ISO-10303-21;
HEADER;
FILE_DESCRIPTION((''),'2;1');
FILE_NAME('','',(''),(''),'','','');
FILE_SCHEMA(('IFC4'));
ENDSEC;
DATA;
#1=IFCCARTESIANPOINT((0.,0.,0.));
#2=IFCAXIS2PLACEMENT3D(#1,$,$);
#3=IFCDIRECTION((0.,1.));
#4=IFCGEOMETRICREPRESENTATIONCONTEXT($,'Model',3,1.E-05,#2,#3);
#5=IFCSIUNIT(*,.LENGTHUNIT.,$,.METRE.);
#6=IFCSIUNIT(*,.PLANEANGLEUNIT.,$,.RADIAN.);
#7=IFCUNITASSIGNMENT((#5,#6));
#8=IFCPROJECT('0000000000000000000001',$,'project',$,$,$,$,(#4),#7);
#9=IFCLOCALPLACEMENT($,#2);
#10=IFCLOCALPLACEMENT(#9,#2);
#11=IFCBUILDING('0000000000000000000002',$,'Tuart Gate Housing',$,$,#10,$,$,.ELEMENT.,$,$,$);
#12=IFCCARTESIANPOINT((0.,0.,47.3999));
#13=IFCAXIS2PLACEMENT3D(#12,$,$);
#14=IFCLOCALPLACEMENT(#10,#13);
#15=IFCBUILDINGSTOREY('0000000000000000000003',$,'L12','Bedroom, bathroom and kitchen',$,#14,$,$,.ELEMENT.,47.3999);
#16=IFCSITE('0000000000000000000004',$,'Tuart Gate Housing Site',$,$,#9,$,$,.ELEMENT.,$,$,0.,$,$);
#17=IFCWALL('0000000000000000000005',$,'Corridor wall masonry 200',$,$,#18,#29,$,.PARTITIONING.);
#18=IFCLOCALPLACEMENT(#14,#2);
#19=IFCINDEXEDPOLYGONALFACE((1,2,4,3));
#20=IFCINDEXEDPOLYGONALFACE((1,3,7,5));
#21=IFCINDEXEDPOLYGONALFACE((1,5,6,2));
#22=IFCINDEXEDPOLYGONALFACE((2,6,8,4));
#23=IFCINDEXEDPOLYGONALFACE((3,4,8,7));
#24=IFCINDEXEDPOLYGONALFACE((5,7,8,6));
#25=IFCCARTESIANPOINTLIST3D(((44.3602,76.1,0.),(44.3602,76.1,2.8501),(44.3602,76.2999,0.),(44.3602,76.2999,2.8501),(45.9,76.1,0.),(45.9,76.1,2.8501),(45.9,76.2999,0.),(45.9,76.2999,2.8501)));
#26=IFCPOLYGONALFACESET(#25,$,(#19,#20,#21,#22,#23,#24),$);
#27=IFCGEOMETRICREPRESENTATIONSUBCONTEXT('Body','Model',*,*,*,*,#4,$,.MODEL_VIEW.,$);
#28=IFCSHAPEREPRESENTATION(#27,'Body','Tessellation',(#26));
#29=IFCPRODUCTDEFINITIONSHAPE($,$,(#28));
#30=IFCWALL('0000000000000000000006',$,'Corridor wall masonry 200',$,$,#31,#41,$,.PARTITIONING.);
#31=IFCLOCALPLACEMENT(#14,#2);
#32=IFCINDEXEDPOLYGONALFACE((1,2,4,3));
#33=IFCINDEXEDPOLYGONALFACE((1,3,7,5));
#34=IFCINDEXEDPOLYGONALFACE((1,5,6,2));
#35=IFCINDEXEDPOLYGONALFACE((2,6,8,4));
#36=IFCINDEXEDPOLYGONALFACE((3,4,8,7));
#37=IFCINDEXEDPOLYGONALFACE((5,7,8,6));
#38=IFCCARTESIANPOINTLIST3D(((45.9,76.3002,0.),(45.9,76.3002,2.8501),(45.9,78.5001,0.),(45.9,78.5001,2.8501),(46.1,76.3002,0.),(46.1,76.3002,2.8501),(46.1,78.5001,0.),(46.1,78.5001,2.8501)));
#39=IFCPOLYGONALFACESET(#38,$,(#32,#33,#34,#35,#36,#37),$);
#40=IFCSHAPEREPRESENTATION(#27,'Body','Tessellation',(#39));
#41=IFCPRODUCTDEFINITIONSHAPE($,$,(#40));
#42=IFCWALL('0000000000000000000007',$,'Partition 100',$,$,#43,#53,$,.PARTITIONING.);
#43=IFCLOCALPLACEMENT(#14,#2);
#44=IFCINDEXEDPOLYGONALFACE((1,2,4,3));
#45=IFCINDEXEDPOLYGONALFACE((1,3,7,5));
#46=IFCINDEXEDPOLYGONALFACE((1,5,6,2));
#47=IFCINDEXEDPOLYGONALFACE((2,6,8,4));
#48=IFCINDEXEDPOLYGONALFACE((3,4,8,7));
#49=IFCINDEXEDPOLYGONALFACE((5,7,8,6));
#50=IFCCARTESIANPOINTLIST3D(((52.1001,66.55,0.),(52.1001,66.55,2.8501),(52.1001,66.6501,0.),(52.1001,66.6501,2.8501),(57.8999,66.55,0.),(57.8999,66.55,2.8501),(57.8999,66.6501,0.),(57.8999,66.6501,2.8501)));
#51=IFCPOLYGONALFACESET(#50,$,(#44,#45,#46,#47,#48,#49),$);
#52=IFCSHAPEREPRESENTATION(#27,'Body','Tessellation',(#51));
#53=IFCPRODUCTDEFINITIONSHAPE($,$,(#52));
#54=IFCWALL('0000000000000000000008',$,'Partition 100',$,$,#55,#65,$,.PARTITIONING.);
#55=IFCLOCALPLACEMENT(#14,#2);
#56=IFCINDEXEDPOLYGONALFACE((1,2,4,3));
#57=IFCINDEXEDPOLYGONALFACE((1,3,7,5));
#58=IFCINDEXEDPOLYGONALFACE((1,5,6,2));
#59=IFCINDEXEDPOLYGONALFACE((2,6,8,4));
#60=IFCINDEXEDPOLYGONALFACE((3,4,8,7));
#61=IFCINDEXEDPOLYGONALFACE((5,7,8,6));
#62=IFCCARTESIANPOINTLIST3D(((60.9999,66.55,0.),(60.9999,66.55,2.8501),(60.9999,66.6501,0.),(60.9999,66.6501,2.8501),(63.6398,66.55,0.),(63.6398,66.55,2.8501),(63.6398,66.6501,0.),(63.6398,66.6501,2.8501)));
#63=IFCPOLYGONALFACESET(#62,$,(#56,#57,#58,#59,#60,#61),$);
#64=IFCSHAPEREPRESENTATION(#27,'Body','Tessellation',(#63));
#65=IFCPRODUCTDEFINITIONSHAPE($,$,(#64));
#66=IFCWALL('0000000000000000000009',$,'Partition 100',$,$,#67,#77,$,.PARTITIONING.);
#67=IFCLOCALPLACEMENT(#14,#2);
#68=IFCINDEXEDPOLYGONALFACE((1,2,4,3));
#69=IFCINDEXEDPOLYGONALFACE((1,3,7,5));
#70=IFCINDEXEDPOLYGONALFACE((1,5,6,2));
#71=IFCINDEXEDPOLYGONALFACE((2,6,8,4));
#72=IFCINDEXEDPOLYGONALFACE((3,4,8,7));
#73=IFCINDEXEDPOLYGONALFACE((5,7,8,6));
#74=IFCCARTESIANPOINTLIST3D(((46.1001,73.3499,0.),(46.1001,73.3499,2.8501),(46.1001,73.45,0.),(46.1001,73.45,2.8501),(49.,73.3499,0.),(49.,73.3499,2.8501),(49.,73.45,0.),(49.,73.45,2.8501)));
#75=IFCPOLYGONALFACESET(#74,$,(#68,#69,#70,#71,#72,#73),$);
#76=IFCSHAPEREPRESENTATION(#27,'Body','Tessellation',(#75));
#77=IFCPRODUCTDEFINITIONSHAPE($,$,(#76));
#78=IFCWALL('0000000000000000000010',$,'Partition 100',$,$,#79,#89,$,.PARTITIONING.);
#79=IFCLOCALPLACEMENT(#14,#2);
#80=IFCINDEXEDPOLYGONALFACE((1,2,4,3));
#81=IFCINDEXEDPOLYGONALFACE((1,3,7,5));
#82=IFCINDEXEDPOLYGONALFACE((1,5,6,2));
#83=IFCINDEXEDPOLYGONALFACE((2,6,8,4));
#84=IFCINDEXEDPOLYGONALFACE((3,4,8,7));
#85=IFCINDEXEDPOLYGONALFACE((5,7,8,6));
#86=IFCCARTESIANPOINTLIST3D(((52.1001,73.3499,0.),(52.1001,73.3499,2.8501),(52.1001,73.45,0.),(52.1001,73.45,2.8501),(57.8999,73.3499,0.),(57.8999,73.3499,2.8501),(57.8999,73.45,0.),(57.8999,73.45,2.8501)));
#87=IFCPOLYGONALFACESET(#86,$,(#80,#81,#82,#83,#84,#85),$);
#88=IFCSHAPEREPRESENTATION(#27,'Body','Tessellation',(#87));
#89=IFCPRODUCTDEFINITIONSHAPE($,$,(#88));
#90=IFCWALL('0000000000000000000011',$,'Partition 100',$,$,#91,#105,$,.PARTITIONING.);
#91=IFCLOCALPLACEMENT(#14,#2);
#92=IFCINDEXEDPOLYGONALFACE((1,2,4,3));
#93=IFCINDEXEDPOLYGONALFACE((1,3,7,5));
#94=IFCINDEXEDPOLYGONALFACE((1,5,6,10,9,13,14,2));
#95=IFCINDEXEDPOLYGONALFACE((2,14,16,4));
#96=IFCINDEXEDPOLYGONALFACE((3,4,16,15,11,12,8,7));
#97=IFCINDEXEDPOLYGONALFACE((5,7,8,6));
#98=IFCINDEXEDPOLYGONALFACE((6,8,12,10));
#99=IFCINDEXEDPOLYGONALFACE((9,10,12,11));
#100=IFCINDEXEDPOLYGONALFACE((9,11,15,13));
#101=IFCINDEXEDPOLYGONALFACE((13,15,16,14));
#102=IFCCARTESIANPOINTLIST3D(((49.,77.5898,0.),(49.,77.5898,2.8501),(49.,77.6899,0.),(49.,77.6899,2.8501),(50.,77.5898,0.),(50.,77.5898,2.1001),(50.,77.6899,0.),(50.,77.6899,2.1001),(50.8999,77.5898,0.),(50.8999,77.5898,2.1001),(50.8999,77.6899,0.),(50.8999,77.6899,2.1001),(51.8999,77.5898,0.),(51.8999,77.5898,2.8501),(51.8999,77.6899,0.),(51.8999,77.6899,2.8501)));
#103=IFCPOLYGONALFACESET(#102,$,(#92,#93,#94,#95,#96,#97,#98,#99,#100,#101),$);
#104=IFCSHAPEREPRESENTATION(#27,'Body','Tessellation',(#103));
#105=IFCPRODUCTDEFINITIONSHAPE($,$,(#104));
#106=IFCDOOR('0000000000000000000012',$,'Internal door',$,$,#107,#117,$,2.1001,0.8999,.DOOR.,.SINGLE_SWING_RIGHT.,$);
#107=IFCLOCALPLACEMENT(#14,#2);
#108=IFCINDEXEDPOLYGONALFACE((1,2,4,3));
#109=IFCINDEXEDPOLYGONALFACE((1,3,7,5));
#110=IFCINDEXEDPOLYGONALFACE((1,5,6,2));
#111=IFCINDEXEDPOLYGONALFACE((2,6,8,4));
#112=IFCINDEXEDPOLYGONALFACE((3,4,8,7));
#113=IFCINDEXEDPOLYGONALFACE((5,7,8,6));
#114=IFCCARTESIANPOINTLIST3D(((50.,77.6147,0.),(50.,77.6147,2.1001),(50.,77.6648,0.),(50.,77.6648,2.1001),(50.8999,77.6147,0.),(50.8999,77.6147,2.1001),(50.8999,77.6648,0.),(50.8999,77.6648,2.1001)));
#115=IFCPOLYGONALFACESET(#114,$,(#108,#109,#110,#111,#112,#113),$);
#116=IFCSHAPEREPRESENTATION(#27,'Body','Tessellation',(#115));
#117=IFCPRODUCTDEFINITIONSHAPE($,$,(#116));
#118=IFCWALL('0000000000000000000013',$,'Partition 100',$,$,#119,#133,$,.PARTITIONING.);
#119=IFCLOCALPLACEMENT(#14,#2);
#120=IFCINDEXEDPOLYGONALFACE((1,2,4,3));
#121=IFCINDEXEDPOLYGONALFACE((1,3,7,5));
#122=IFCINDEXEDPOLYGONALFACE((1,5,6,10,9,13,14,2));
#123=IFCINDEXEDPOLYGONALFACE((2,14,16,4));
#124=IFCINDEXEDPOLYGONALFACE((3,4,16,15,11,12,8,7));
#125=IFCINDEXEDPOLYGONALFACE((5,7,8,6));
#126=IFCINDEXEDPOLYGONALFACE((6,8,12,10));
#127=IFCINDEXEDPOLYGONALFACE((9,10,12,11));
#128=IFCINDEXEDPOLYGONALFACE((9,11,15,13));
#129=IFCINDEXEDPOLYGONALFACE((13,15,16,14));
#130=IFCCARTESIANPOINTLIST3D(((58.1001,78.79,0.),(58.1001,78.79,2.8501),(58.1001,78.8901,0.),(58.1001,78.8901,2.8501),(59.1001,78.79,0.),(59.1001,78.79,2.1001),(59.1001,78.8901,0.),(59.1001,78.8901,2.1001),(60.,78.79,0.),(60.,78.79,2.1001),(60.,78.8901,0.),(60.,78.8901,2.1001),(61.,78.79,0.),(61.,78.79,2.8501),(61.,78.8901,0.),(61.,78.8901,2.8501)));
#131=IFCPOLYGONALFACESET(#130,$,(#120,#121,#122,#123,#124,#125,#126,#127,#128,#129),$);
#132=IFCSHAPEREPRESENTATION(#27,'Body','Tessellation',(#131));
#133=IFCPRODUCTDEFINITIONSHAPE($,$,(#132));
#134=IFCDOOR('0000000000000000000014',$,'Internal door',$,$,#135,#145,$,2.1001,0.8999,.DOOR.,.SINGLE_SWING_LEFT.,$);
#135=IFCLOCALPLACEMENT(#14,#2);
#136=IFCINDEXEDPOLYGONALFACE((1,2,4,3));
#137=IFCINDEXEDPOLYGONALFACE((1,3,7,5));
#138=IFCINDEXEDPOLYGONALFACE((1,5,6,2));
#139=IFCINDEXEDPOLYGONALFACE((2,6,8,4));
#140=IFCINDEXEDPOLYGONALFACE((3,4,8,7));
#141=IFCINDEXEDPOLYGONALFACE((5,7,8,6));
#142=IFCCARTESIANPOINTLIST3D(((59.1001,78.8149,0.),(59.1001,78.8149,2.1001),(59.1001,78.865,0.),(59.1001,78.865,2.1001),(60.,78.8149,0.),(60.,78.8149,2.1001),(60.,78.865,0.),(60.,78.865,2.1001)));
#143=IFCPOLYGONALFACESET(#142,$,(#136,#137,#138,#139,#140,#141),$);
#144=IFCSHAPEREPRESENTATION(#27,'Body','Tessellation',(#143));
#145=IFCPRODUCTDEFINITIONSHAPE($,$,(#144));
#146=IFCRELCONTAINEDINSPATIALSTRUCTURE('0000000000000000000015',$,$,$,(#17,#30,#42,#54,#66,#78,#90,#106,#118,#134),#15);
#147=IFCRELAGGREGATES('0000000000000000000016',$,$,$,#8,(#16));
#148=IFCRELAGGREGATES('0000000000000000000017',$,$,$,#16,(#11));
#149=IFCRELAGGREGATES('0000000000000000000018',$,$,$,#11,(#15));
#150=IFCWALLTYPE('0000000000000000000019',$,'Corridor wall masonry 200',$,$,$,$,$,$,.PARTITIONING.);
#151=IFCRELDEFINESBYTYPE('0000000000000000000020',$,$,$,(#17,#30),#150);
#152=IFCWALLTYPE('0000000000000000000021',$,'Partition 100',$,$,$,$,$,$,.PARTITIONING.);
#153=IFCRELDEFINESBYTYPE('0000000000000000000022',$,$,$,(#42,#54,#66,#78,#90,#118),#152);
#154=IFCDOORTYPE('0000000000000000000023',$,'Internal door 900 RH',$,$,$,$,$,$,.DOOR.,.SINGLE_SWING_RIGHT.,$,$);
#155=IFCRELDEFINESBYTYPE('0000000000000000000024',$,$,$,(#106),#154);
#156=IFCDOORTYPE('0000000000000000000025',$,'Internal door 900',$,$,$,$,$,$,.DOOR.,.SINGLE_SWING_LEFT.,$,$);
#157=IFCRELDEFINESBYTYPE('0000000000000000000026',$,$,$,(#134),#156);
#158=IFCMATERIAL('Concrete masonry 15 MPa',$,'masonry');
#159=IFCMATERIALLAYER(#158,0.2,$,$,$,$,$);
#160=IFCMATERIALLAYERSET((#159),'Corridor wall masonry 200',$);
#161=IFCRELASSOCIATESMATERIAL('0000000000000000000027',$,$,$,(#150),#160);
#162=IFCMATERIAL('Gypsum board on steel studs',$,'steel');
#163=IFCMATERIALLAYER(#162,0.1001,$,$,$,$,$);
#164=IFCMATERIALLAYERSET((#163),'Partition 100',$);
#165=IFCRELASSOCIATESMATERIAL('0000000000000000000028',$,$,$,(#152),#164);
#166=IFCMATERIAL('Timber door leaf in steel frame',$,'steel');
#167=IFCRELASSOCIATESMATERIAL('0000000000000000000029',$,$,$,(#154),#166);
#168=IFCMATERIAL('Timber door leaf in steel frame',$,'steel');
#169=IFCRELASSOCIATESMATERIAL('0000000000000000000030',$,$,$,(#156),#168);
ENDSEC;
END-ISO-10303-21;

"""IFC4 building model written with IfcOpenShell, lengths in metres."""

from ifc_helpers import new_model, si_unit, direction, frame, frame_2d, origin, place, context, subcontext, project, spatial, rectangle, extrude, material, layer, layer_set, type_object, element, fill, save


model = new_model("IFC4")

# Units and contexts
model_context = context("Model", 3, precision=1e-05, world=origin(), true_north=direction((0.0, 1.0)))
body_context = subcontext(model_context, "Body", "Model", "MODEL_VIEW")
ifc_project = project(units=[si_unit("LENGTHUNIT", "METRE"), si_unit("PLANEANGLEUNIT", "RADIAN")], contexts=[model_context])

# Site, building, storey
site_placement = place(None, origin())
site = spatial("IfcSite", under=ifc_project, at=site_placement, Name="Tuart Gate Housing Site", CompositionType="ELEMENT", RefElevation=0.0)
building_placement = place(site_placement, origin())
building = spatial("IfcBuilding", under=site, at=building_placement, Name="Tuart Gate Housing", CompositionType="ELEMENT")
storey_placement = place(building_placement, frame((0.0, 0.0, 47.3999)))
storey = spatial("IfcBuildingStorey", under=building, at=storey_placement, Name="L12", Description="Bedroom, bathroom and kitchen", CompositionType="ELEMENT", Elevation=47.3999)

# Walls
ifc_material_1 = material(Name="Concrete masonry 15 MPa", Category="masonry")
ifc_layer_1 = layer(ifc_material_1, 0.2)
ifc_layer_set_1 = layer_set([ifc_layer_1], Name="Corridor wall masonry 200")
wall_type_1 = type_object("IfcWallType", Name="Corridor wall masonry 200", PredefinedType="PARTITIONING", material=ifc_layer_set_1)
wall_1_placement = place(storey_placement, frame((44.3601, 76.2, 0.0), z_axis=(0.0, 0.0, 1.0), x_axis=(1.0, 0.0, 0.0)))
element("IfcWall", 1, at=wall_1_placement, inside=storey, type_object=wall_type_1, Name="Corridor wall masonry 200", PredefinedType="PARTITIONING", context=body_context, shape_type="SweptSolid", body=[
    extrude(rectangle(XDim=1.5398, YDim=0.2, at=frame_2d((0.77, 0.0))), origin(), (0.0, 0.0, 1.0), 2.8501),
])
wall_2_placement = place(storey_placement, frame((46.0, 76.3, 0.0), z_axis=(0.0, 0.0, 1.0), x_axis=(0.0, 1.0, 0.0)))
element("IfcWall", 2, at=wall_2_placement, inside=storey, type_object=wall_type_1, Name="Corridor wall masonry 200", PredefinedType="PARTITIONING", context=body_context, shape_type="SweptSolid", body=[
    extrude(rectangle(XDim=2.2, YDim=0.2, at=frame_2d((1.1001, 0.0))), origin(), (0.0, 0.0, 1.0), 2.8501),
])
ifc_material_2 = material(Name="Gypsum board on steel studs", Category="steel")
ifc_layer_2 = layer(ifc_material_2, 0.1001)
ifc_layer_set_2 = layer_set([ifc_layer_2], Name="Partition 100")
wall_type_2 = type_object("IfcWallType", Name="Partition 100", PredefinedType="PARTITIONING", material=ifc_layer_set_2)
wall_3_placement = place(storey_placement, frame((52.1001, 66.6001, 0.0), z_axis=(0.0, 0.0, 1.0), x_axis=(1.0, 0.0, 0.0)))
element("IfcWall", 3, at=wall_3_placement, inside=storey, type_object=wall_type_2, Name="Partition 100", PredefinedType="PARTITIONING", context=body_context, shape_type="SweptSolid", body=[
    extrude(rectangle(XDim=5.7998, YDim=0.1001, at=frame_2d((2.8999, 0.0))), origin(), (0.0, 0.0, 1.0), 2.8501),
])
wall_4_placement = place(storey_placement, frame((61.0, 66.6001, 0.0), z_axis=(0.0, 0.0, 1.0), x_axis=(1.0, 0.0, 0.0)))
element("IfcWall", 4, at=wall_4_placement, inside=storey, type_object=wall_type_2, Name="Partition 100", PredefinedType="PARTITIONING", context=body_context, shape_type="SweptSolid", body=[
    extrude(rectangle(XDim=2.6399, YDim=0.1001, at=frame_2d((1.3198, 0.0))), origin(), (0.0, 0.0, 1.0), 2.8501),
])
wall_5_placement = place(storey_placement, frame((46.1001, 73.3999, 0.0), z_axis=(0.0, 0.0, 1.0), x_axis=(1.0, 0.0, 0.0)))
element("IfcWall", 5, at=wall_5_placement, inside=storey, type_object=wall_type_2, Name="Partition 100", PredefinedType="PARTITIONING", context=body_context, shape_type="SweptSolid", body=[
    extrude(rectangle(XDim=2.8999, YDim=0.1001, at=frame_2d((1.45, 0.0))), origin(), (0.0, 0.0, 1.0), 2.8501),
])
wall_6_placement = place(storey_placement, frame((52.1001, 73.3999, 0.0), z_axis=(0.0, 0.0, 1.0), x_axis=(1.0, 0.0, 0.0)))
element("IfcWall", 6, at=wall_6_placement, inside=storey, type_object=wall_type_2, Name="Partition 100", PredefinedType="PARTITIONING", context=body_context, shape_type="SweptSolid", body=[
    extrude(rectangle(XDim=5.7998, YDim=0.1001, at=frame_2d((2.8999, 0.0))), origin(), (0.0, 0.0, 1.0), 2.8501),
])

# Walls, openings, doors
wall_7_placement = place(storey_placement, frame((49.0, 77.6399, 0.0), z_axis=(0.0, 0.0, 1.0), x_axis=(1.0, 0.0, 0.0)))
wall_7 = element("IfcWall", 7, at=wall_7_placement, inside=storey, type_object=wall_type_2, Name="Partition 100", PredefinedType="PARTITIONING", context=body_context, shape_type="SweptSolid", body=[
    extrude(rectangle(XDim=2.8999, YDim=0.1001, at=frame_2d((1.45, 0.0))), origin(), (0.0, 0.0, 1.0), 2.8501),
])
opening_1_placement = place(wall_7_placement, frame((1.0, 0.0, 0.0)))
opening_1 = element("IfcOpeningElement", 8, at=opening_1_placement, cuts=wall_7, PredefinedType="OPENING", context=body_context, shape_type="SweptSolid", body=[
    extrude(rectangle(XDim=0.8999, YDim=2.1001, at=frame_2d((0.45, 1.05))), frame((0.0, 0.0601, 0.0), z_axis=(0.0, -1.0, 0.0), x_axis=(1.0, 0.0, 0.0)), (0.0, 0.0, 1.0), 0.1201),
])
ifc_material_3 = material(Name="Timber door leaf in steel frame", Category="steel")
door_type_1 = type_object("IfcDoorType", Name="Internal door 900 RH", OperationType="SINGLE_SWING_RIGHT", PredefinedType="DOOR", material=ifc_material_3)
door_1_placement = place(opening_1_placement, frame((0.8999, 0.0, 0.0), z_axis=(0.0, 0.0, 1.0), x_axis=(-1.0, 0.0, 0.0)))
door_1 = element("IfcDoor", 9, at=door_1_placement, inside=storey, type_object=door_type_1, Name="Internal door", OperationType="SINGLE_SWING_RIGHT", OverallHeight=2.1001, OverallWidth=0.8999, PredefinedType="DOOR", context=body_context, shape_type="SweptSolid", body=[
    extrude(rectangle(XDim=0.8999, YDim=2.1001, at=frame_2d((0.45, 1.05))), frame((0.0, 0.0251, 0.0), z_axis=(0.0, -1.0, 0.0), x_axis=(1.0, 0.0, 0.0)), (0.0, 0.0, 1.0), 0.05),
])
fill(opening_1, door_1)
wall_8_placement = place(storey_placement, frame((58.1001, 78.8401, 0.0), z_axis=(0.0, 0.0, 1.0), x_axis=(1.0, 0.0, 0.0)))
wall_8 = element("IfcWall", 10, at=wall_8_placement, inside=storey, type_object=wall_type_2, Name="Partition 100", PredefinedType="PARTITIONING", context=body_context, shape_type="SweptSolid", body=[
    extrude(rectangle(XDim=2.8999, YDim=0.1001, at=frame_2d((1.45, 0.0))), origin(), (0.0, 0.0, 1.0), 2.8501),
])
opening_2_placement = place(wall_8_placement, frame((1.0, 0.0, 0.0)))
opening_2 = element("IfcOpeningElement", 11, at=opening_2_placement, cuts=wall_8, PredefinedType="OPENING", context=body_context, shape_type="SweptSolid", body=[
    extrude(rectangle(XDim=0.8999, YDim=2.1001, at=frame_2d((0.45, 1.05))), frame((0.0, 0.0601, 0.0), z_axis=(0.0, -1.0, 0.0), x_axis=(1.0, 0.0, 0.0)), (0.0, 0.0, 1.0), 0.1201),
])
ifc_material_4 = material(Name="Timber door leaf in steel frame", Category="steel")
door_type_2 = type_object("IfcDoorType", Name="Internal door 900", OperationType="SINGLE_SWING_LEFT", PredefinedType="DOOR", material=ifc_material_4)
door_2_placement = place(opening_2_placement, frame((0.8999, 0.0, 0.0), z_axis=(0.0, 0.0, 1.0), x_axis=(-1.0, 0.0, 0.0)))
door_2 = element("IfcDoor", 12, at=door_2_placement, inside=storey, type_object=door_type_2, Name="Internal door", OperationType="SINGLE_SWING_LEFT", OverallHeight=2.1001, OverallWidth=0.8999, PredefinedType="DOOR", context=body_context, shape_type="SweptSolid", body=[
    extrude(rectangle(XDim=0.8999, YDim=2.1001, at=frame_2d((0.45, 1.05))), frame((0.0, 0.0251, 0.0), z_axis=(0.0, -1.0, 0.0), x_axis=(1.0, 0.0, 0.0)), (0.0, 0.0, 1.0), 0.05),
])
fill(opening_2, door_2)

save(model, "model.ifc")
